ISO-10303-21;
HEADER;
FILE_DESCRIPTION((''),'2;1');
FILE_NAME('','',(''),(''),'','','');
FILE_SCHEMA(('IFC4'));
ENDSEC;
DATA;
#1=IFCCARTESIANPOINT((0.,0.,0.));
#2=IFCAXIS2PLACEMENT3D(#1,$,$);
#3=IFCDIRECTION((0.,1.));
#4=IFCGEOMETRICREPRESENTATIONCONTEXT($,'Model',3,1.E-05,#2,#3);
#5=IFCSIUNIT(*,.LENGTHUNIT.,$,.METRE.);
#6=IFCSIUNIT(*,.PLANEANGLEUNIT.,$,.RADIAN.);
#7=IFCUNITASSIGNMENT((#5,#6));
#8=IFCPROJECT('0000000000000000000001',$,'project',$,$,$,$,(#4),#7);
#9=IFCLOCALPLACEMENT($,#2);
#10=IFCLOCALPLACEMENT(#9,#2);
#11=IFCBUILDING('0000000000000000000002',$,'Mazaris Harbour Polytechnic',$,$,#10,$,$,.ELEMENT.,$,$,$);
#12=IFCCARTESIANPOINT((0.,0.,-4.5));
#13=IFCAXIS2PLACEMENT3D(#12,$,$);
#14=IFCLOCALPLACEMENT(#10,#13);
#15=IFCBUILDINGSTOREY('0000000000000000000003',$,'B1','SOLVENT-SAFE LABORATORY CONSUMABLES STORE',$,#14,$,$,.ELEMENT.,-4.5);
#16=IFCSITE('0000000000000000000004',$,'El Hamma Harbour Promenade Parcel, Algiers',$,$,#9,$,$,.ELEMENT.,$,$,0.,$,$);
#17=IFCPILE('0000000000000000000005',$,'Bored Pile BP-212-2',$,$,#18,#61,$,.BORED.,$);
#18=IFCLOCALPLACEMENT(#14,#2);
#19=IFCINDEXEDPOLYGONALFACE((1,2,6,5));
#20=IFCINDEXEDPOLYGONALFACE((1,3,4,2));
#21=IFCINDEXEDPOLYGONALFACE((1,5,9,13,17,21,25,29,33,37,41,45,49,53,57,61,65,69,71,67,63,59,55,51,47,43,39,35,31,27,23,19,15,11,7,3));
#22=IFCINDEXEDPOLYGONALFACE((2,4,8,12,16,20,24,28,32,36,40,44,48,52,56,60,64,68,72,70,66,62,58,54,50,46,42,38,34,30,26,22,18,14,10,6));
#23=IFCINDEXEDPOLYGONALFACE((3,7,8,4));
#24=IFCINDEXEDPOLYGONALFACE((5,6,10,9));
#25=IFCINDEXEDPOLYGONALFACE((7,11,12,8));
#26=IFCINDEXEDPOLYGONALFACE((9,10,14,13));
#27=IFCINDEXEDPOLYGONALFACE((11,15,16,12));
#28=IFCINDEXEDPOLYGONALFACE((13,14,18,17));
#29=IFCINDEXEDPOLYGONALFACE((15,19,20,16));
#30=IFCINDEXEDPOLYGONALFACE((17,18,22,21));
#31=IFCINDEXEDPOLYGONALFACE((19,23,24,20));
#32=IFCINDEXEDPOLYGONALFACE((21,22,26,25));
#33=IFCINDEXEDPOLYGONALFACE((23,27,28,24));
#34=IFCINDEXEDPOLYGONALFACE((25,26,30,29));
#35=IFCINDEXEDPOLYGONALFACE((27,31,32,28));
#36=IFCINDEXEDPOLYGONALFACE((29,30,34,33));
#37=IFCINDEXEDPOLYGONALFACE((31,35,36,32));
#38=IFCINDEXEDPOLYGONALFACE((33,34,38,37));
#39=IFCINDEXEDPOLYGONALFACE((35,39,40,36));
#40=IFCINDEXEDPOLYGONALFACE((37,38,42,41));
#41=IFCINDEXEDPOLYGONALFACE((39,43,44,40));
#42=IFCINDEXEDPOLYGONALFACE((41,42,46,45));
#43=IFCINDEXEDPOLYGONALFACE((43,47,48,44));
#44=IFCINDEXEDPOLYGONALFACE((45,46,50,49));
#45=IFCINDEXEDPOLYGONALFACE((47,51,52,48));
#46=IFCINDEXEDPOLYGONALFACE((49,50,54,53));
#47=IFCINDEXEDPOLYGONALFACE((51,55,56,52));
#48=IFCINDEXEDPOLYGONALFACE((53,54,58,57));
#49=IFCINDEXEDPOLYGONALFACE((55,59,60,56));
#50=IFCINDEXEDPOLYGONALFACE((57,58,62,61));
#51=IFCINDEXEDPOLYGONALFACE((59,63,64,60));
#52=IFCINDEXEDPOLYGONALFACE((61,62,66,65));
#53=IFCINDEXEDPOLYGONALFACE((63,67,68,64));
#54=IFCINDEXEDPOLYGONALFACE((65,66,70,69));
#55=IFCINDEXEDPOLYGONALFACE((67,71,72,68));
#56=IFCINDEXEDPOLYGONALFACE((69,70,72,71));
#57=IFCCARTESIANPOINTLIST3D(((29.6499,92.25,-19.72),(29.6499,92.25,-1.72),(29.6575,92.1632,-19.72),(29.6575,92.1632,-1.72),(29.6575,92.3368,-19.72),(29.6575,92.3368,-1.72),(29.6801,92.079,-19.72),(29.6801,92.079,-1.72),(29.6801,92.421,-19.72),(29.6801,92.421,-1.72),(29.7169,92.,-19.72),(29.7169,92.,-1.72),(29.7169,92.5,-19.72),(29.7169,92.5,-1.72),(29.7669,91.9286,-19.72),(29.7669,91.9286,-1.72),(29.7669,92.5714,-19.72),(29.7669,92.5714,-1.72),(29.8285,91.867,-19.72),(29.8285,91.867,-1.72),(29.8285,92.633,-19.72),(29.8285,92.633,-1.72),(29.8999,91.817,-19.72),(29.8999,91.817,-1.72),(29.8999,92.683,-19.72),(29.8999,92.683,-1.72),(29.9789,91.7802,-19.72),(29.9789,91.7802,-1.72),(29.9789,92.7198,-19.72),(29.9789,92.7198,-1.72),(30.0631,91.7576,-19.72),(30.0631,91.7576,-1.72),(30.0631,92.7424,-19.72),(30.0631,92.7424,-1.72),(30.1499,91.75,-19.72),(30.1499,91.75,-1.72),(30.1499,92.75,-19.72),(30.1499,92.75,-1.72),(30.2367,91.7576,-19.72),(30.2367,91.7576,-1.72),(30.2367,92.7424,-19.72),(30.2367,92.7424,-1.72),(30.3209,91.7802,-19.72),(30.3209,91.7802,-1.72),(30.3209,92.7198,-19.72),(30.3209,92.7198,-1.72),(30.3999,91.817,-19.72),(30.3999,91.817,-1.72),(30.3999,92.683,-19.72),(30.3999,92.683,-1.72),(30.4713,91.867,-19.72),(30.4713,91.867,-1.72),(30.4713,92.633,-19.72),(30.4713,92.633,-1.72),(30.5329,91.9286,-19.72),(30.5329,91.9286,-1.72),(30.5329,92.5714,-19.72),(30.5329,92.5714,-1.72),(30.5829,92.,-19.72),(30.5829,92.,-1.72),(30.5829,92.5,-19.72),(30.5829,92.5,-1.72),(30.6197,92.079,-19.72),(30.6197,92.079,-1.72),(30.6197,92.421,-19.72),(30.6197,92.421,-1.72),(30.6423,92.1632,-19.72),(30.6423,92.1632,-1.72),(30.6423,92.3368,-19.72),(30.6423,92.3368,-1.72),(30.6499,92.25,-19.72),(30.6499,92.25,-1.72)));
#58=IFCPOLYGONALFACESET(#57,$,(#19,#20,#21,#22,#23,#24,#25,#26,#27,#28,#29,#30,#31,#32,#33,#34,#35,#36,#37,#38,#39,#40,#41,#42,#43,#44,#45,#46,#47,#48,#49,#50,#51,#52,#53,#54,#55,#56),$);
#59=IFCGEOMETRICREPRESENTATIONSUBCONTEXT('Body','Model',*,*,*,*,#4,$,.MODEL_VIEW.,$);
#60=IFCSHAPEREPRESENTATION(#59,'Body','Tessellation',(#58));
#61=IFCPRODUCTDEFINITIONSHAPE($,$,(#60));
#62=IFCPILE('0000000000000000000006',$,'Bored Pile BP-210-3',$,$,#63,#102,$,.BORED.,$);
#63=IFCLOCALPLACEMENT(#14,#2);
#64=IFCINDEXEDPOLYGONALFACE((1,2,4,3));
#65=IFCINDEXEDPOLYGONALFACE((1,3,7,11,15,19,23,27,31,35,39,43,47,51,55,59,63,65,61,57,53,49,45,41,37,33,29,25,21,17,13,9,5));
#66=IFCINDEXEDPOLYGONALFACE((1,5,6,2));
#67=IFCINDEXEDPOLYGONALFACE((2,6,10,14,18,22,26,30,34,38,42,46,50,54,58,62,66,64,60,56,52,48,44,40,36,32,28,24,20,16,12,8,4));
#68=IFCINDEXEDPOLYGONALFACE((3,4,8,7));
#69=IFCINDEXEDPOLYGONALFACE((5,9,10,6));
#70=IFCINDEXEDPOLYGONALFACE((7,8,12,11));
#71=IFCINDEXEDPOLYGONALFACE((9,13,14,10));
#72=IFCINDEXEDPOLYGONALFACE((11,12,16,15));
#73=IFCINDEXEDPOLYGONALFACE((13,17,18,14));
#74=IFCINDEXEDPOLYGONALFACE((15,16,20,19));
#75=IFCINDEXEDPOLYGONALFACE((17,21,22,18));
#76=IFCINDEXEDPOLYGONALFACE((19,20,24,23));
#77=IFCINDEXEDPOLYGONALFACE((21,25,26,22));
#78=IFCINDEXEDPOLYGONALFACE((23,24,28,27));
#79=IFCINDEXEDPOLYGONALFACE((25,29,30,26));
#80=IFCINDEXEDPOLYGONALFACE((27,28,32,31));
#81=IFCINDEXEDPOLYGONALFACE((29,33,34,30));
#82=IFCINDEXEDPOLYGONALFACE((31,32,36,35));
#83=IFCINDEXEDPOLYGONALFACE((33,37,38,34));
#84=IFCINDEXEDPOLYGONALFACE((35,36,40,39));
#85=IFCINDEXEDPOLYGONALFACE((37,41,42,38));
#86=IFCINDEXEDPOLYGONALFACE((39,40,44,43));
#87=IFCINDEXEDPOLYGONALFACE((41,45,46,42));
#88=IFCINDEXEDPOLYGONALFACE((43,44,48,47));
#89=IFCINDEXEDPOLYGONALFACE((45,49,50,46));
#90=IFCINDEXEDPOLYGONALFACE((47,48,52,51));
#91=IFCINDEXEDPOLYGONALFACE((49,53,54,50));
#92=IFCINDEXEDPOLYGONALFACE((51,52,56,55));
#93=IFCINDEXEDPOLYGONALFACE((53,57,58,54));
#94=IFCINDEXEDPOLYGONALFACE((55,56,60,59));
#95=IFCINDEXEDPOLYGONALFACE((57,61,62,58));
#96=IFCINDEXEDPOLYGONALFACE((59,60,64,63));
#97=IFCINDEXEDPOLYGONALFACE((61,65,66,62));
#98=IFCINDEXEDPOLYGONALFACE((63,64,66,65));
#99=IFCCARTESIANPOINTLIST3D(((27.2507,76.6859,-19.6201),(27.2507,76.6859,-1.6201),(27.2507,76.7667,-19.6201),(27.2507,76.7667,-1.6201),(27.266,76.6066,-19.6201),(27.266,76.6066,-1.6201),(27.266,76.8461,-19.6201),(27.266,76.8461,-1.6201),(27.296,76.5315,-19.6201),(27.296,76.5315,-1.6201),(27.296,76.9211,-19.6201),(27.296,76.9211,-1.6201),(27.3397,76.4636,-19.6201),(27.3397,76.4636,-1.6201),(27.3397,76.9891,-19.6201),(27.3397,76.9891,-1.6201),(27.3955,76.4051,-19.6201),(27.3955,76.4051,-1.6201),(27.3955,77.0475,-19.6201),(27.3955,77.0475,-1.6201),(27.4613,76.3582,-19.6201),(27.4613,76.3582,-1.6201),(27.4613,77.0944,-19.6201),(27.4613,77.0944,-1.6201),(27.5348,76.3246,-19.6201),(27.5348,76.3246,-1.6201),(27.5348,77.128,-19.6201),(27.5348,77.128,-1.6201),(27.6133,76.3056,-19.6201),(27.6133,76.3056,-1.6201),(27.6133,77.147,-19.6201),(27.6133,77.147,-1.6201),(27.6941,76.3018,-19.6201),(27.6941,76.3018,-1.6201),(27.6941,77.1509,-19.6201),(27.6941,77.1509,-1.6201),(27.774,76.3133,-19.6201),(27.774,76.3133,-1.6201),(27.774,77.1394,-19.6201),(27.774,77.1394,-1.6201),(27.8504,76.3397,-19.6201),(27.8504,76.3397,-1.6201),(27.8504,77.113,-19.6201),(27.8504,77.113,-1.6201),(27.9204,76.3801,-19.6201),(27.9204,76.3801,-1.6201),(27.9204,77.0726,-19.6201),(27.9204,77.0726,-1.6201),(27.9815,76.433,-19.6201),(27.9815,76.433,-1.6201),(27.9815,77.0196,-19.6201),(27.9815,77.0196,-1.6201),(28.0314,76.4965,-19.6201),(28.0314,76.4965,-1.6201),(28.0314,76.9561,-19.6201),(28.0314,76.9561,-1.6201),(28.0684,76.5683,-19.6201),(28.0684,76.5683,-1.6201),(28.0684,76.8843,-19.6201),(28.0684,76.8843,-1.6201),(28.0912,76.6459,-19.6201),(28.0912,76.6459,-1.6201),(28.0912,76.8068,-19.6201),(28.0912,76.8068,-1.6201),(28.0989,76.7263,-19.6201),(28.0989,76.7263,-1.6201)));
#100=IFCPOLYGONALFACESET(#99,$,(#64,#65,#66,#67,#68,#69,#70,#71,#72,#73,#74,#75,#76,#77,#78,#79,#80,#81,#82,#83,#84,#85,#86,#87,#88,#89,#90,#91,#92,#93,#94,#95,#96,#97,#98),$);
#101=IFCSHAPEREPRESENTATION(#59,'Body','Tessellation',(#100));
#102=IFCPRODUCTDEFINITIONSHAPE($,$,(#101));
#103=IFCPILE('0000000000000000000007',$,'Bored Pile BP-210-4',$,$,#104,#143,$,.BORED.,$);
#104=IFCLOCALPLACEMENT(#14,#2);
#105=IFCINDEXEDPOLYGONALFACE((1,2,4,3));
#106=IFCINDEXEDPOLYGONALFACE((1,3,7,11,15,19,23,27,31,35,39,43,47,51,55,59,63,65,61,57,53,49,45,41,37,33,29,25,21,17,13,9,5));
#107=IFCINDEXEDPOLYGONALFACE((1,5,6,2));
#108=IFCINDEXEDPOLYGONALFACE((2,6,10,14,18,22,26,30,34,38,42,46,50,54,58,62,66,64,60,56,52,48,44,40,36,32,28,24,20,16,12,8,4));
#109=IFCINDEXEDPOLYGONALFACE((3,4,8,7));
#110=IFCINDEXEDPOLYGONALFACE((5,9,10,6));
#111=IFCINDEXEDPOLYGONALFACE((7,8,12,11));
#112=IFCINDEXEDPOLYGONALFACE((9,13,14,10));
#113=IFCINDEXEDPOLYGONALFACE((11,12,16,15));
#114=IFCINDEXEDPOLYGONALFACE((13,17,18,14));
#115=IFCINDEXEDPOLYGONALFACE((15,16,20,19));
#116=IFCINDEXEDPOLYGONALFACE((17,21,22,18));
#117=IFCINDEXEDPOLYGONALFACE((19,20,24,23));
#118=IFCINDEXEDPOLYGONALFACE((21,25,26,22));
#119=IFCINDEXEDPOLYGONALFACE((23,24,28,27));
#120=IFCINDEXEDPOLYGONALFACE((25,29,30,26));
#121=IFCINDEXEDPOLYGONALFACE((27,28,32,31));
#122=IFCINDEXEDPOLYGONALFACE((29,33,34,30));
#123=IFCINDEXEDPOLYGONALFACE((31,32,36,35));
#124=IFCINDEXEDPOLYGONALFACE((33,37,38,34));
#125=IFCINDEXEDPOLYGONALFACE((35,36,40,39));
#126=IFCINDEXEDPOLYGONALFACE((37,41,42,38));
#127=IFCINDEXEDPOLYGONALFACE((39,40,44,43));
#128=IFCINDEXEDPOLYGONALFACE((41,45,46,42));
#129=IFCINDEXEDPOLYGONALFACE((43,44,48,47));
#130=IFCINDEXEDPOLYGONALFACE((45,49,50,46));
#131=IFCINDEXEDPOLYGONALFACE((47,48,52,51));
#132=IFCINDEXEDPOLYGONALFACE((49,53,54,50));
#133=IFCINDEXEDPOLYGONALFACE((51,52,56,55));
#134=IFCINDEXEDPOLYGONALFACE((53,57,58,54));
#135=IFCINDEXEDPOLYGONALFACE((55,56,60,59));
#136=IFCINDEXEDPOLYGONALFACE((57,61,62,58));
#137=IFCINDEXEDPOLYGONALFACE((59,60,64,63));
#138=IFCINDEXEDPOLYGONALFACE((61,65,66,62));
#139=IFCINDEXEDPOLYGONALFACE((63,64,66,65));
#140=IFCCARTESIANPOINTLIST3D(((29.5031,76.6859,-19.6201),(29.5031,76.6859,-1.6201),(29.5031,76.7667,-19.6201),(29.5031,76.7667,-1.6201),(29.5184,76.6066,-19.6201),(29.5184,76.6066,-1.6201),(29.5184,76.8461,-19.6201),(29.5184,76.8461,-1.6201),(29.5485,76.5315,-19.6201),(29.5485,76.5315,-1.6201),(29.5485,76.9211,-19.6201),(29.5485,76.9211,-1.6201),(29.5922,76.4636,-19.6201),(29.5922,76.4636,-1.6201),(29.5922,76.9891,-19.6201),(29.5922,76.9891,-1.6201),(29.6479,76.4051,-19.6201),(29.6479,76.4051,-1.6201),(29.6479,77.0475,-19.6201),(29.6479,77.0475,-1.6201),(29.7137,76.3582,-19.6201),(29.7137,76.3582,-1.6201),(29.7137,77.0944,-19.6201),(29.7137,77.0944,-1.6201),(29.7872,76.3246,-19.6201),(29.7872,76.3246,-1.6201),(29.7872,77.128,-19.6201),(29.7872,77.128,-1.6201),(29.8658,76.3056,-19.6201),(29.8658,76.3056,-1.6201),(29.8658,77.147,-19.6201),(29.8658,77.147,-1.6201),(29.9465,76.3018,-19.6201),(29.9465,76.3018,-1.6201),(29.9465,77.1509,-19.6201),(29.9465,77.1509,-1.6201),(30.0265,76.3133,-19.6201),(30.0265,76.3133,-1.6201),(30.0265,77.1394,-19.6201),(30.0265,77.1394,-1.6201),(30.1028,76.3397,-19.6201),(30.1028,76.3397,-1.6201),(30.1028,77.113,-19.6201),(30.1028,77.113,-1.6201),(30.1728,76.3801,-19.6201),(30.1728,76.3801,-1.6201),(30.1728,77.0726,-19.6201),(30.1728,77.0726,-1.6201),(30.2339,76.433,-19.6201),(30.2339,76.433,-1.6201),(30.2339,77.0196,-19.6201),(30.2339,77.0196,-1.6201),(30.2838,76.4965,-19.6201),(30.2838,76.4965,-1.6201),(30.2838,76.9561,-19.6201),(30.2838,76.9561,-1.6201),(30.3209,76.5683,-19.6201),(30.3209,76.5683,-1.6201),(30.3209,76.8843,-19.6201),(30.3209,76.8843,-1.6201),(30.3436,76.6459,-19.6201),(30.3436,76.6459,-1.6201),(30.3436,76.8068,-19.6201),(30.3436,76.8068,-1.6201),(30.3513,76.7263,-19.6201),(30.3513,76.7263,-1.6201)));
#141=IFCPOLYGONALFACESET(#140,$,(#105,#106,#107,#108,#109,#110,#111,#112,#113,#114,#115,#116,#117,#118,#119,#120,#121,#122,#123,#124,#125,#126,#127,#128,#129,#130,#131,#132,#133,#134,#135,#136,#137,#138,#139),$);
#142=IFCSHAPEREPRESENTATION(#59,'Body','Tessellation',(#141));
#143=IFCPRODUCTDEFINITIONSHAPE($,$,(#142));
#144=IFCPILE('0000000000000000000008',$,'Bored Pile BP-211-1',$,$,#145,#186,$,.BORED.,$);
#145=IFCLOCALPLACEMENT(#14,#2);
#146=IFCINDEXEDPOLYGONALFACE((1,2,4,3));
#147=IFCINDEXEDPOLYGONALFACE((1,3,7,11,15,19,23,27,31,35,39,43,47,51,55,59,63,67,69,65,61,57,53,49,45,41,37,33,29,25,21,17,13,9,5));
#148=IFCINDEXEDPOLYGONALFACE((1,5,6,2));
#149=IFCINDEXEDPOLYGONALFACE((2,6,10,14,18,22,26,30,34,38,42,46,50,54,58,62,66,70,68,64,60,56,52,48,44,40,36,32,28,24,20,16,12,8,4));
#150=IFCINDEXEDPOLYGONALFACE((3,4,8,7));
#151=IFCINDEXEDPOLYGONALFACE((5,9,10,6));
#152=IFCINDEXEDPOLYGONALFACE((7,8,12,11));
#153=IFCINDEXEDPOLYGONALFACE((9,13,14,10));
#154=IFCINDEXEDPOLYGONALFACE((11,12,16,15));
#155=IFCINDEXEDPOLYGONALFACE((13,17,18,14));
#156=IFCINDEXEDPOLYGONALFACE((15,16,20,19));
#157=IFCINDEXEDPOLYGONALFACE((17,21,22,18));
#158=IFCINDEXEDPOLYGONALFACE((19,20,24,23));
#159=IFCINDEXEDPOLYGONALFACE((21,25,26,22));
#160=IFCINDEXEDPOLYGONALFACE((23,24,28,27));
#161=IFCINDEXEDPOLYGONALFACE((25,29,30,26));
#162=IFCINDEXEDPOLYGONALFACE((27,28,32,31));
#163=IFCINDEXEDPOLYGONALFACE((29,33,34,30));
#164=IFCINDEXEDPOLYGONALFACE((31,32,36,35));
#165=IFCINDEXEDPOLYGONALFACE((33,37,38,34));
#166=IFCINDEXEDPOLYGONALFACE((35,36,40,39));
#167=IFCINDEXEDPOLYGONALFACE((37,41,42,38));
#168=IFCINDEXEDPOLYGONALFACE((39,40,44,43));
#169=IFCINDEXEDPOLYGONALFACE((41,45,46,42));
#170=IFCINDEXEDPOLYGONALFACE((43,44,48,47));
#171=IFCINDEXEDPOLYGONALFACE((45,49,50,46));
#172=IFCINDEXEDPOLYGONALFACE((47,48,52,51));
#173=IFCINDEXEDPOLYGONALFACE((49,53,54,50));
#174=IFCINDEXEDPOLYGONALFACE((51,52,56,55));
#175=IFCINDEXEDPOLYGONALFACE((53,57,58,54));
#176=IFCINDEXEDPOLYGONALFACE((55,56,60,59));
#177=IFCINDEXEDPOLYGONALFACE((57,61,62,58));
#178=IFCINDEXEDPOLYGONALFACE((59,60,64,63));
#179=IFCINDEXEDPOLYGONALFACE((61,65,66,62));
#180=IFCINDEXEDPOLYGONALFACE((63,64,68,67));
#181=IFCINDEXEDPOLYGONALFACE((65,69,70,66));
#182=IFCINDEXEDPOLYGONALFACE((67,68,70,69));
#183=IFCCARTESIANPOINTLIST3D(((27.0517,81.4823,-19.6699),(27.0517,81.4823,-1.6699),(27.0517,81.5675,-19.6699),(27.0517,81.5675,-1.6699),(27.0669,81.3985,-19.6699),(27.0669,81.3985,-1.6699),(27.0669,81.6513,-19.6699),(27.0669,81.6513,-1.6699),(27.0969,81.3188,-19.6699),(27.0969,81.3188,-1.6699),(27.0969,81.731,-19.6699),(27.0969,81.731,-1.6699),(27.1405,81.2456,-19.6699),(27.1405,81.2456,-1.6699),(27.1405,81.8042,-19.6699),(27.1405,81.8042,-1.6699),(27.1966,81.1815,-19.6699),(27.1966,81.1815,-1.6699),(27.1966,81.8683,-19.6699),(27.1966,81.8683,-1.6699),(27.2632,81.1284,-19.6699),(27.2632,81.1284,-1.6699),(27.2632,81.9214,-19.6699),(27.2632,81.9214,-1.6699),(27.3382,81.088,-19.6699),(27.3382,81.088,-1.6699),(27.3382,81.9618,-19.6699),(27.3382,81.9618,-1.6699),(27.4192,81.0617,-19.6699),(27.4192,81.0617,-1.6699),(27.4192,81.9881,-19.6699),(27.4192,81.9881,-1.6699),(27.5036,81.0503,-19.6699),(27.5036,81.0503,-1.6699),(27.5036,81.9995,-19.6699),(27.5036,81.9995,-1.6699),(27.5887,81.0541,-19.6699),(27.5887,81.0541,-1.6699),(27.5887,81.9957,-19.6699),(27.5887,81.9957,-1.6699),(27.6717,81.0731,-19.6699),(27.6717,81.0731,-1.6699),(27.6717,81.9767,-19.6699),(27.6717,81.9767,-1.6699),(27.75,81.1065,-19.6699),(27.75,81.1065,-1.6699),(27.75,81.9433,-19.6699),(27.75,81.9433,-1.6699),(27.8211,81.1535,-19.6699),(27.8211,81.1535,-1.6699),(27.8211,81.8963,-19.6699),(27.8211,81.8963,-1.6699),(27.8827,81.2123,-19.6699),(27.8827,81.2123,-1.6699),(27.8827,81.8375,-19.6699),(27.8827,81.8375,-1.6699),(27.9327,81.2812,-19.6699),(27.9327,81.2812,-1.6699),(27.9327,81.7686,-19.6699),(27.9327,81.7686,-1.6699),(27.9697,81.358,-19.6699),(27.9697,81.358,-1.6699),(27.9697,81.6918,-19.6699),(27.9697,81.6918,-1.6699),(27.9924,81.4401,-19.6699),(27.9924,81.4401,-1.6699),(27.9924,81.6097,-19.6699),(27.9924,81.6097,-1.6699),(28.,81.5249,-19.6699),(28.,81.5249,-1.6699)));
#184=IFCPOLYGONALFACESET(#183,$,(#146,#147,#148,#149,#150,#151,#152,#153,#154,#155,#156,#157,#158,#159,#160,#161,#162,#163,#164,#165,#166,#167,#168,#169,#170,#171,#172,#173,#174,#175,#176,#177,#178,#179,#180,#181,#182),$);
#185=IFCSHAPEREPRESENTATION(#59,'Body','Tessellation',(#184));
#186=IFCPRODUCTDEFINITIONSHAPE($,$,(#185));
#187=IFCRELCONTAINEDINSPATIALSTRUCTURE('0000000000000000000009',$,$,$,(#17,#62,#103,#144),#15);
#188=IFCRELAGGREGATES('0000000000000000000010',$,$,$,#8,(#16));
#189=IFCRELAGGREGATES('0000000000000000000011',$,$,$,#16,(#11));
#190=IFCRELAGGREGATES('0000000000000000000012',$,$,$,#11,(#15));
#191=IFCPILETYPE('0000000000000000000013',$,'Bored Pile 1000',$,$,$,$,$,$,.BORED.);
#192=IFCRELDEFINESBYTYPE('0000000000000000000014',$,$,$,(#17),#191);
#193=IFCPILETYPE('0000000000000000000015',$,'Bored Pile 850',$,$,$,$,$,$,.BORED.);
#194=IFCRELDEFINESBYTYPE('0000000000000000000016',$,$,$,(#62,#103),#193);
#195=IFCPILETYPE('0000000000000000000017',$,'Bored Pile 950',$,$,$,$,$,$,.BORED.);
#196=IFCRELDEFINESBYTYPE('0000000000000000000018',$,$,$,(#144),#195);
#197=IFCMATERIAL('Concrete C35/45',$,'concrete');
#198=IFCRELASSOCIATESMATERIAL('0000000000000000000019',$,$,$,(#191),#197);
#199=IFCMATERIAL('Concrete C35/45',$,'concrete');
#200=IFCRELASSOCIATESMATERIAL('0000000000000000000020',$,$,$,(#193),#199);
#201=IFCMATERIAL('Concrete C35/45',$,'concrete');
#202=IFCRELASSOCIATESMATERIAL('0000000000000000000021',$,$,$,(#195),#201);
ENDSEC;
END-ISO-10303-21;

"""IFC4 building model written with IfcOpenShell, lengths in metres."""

from ifc_helpers import new_model, si_unit, direction, frame, origin, origin_2d, place, context, subcontext, project, spatial, circle, extrude, material, material_profile, profile_set, type_object, element, save


model = new_model("IFC4")

# Units and contexts
model_context = context("Model", 3, precision=1e-05, world=origin(), true_north=direction((0.0, 1.0)))
body_context = subcontext(model_context, "Body", "Model", "MODEL_VIEW")
ifc_project = project(units=[si_unit("LENGTHUNIT", "METRE"), si_unit("PLANEANGLEUNIT", "RADIAN")], contexts=[model_context])

# Site, building, storey
site_placement = place(None, origin())
site = spatial("IfcSite", under=ifc_project, at=site_placement, Name="El Hamma Harbour Promenade Parcel, Algiers", CompositionType="ELEMENT", RefElevation=0.0)
building_placement = place(site_placement, origin())
building = spatial("IfcBuilding", under=site, at=building_placement, Name="Mazaris Harbour Polytechnic", CompositionType="ELEMENT")
storey_placement = place(building_placement, frame((0.0, 0.0, -4.5)))
storey = spatial("IfcBuildingStorey", under=building, at=storey_placement, Name="B1", Description="SOLVENT-SAFE LABORATORY CONSUMABLES STORE", CompositionType="ELEMENT", Elevation=-4.5)

# Piles
ifc_material_1 = material(Name="Concrete C35/45", Category="concrete")
ifc_material_profile_1 = material_profile(ifc_material_1, circle(Radius=0.5, at=origin_2d()), Name="DIA1000")
ifc_profile_set_1 = profile_set([ifc_material_profile_1], Name="Concrete C35/45")
pile_type_1 = type_object("IfcPileType", Name="Bored Pile 1000", PredefinedType="BORED", material=ifc_profile_set_1)
for number, where, z_axis, x_axis, name in (
    (1, (30.1499, 92.25, -1.72), (0.0, 0.0, -1.0), (1.0, 0.0, 0.0), "Bored Pile BP-212-2"),
):
    element("IfcPile", number, at=place(storey_placement, frame(where, z_axis=z_axis, x_axis=x_axis)), inside=storey, type_object=pile_type_1, Name=name, PredefinedType="BORED", context=body_context, shape_type="SweptSolid", body=[
        extrude(circle(Radius=0.5, at=origin_2d()), origin(), (0.0, 0.0, 1.0), 18.0),
    ])
ifc_material_2 = material(Name="Concrete C35/45", Category="concrete")
ifc_material_profile_2 = material_profile(ifc_material_2, circle(Radius=0.425, at=origin_2d()), Name="DIA850")
ifc_profile_set_2 = profile_set([ifc_material_profile_2], Name="Concrete C35/45")
pile_type_2 = type_object("IfcPileType", Name="Bored Pile 850", PredefinedType="BORED", material=ifc_profile_set_2)
for number, where, z_axis, x_axis, name in (
    (2, (27.6738, 76.7263, -1.6201), (0.0, 0.0, -1.0), (1.0, 0.0, 0.0), "Bored Pile BP-210-3"),
    (3, (29.9263, 76.7263, -1.6201), (0.0, 0.0, -1.0), (1.0, 0.0, 0.0), "Bored Pile BP-210-4"),
):
    element("IfcPile", number, at=place(storey_placement, frame(where, z_axis=z_axis, x_axis=x_axis)), inside=storey, type_object=pile_type_2, Name=name, PredefinedType="BORED", context=body_context, shape_type="SweptSolid", body=[
        extrude(circle(Radius=0.425, at=origin_2d()), origin(), (0.0, 0.0, 1.0), 18.0),
    ])
ifc_material_3 = material(Name="Concrete C35/45", Category="concrete")
ifc_material_profile_3 = material_profile(ifc_material_3, circle(Radius=0.4751, at=origin_2d()), Name="DIA950")
ifc_profile_set_3 = profile_set([ifc_material_profile_3], Name="Concrete C35/45")
pile_type_3 = type_object("IfcPileType", Name="Bored Pile 950", PredefinedType="BORED", material=ifc_profile_set_3)
for number, where, z_axis, x_axis, name in (
    (4, (27.5249, 81.5249, -1.6699), (0.0, 0.0, -1.0), (1.0, 0.0, 0.0), "Bored Pile BP-211-1"),
):
    element("IfcPile", number, at=place(storey_placement, frame(where, z_axis=z_axis, x_axis=x_axis)), inside=storey, type_object=pile_type_3, Name=name, PredefinedType="BORED", context=body_context, shape_type="SweptSolid", body=[
        extrude(circle(Radius=0.4751, at=origin_2d()), origin(), (0.0, 0.0, 1.0), 18.0),
    ])

save(model, "model.ifc")
